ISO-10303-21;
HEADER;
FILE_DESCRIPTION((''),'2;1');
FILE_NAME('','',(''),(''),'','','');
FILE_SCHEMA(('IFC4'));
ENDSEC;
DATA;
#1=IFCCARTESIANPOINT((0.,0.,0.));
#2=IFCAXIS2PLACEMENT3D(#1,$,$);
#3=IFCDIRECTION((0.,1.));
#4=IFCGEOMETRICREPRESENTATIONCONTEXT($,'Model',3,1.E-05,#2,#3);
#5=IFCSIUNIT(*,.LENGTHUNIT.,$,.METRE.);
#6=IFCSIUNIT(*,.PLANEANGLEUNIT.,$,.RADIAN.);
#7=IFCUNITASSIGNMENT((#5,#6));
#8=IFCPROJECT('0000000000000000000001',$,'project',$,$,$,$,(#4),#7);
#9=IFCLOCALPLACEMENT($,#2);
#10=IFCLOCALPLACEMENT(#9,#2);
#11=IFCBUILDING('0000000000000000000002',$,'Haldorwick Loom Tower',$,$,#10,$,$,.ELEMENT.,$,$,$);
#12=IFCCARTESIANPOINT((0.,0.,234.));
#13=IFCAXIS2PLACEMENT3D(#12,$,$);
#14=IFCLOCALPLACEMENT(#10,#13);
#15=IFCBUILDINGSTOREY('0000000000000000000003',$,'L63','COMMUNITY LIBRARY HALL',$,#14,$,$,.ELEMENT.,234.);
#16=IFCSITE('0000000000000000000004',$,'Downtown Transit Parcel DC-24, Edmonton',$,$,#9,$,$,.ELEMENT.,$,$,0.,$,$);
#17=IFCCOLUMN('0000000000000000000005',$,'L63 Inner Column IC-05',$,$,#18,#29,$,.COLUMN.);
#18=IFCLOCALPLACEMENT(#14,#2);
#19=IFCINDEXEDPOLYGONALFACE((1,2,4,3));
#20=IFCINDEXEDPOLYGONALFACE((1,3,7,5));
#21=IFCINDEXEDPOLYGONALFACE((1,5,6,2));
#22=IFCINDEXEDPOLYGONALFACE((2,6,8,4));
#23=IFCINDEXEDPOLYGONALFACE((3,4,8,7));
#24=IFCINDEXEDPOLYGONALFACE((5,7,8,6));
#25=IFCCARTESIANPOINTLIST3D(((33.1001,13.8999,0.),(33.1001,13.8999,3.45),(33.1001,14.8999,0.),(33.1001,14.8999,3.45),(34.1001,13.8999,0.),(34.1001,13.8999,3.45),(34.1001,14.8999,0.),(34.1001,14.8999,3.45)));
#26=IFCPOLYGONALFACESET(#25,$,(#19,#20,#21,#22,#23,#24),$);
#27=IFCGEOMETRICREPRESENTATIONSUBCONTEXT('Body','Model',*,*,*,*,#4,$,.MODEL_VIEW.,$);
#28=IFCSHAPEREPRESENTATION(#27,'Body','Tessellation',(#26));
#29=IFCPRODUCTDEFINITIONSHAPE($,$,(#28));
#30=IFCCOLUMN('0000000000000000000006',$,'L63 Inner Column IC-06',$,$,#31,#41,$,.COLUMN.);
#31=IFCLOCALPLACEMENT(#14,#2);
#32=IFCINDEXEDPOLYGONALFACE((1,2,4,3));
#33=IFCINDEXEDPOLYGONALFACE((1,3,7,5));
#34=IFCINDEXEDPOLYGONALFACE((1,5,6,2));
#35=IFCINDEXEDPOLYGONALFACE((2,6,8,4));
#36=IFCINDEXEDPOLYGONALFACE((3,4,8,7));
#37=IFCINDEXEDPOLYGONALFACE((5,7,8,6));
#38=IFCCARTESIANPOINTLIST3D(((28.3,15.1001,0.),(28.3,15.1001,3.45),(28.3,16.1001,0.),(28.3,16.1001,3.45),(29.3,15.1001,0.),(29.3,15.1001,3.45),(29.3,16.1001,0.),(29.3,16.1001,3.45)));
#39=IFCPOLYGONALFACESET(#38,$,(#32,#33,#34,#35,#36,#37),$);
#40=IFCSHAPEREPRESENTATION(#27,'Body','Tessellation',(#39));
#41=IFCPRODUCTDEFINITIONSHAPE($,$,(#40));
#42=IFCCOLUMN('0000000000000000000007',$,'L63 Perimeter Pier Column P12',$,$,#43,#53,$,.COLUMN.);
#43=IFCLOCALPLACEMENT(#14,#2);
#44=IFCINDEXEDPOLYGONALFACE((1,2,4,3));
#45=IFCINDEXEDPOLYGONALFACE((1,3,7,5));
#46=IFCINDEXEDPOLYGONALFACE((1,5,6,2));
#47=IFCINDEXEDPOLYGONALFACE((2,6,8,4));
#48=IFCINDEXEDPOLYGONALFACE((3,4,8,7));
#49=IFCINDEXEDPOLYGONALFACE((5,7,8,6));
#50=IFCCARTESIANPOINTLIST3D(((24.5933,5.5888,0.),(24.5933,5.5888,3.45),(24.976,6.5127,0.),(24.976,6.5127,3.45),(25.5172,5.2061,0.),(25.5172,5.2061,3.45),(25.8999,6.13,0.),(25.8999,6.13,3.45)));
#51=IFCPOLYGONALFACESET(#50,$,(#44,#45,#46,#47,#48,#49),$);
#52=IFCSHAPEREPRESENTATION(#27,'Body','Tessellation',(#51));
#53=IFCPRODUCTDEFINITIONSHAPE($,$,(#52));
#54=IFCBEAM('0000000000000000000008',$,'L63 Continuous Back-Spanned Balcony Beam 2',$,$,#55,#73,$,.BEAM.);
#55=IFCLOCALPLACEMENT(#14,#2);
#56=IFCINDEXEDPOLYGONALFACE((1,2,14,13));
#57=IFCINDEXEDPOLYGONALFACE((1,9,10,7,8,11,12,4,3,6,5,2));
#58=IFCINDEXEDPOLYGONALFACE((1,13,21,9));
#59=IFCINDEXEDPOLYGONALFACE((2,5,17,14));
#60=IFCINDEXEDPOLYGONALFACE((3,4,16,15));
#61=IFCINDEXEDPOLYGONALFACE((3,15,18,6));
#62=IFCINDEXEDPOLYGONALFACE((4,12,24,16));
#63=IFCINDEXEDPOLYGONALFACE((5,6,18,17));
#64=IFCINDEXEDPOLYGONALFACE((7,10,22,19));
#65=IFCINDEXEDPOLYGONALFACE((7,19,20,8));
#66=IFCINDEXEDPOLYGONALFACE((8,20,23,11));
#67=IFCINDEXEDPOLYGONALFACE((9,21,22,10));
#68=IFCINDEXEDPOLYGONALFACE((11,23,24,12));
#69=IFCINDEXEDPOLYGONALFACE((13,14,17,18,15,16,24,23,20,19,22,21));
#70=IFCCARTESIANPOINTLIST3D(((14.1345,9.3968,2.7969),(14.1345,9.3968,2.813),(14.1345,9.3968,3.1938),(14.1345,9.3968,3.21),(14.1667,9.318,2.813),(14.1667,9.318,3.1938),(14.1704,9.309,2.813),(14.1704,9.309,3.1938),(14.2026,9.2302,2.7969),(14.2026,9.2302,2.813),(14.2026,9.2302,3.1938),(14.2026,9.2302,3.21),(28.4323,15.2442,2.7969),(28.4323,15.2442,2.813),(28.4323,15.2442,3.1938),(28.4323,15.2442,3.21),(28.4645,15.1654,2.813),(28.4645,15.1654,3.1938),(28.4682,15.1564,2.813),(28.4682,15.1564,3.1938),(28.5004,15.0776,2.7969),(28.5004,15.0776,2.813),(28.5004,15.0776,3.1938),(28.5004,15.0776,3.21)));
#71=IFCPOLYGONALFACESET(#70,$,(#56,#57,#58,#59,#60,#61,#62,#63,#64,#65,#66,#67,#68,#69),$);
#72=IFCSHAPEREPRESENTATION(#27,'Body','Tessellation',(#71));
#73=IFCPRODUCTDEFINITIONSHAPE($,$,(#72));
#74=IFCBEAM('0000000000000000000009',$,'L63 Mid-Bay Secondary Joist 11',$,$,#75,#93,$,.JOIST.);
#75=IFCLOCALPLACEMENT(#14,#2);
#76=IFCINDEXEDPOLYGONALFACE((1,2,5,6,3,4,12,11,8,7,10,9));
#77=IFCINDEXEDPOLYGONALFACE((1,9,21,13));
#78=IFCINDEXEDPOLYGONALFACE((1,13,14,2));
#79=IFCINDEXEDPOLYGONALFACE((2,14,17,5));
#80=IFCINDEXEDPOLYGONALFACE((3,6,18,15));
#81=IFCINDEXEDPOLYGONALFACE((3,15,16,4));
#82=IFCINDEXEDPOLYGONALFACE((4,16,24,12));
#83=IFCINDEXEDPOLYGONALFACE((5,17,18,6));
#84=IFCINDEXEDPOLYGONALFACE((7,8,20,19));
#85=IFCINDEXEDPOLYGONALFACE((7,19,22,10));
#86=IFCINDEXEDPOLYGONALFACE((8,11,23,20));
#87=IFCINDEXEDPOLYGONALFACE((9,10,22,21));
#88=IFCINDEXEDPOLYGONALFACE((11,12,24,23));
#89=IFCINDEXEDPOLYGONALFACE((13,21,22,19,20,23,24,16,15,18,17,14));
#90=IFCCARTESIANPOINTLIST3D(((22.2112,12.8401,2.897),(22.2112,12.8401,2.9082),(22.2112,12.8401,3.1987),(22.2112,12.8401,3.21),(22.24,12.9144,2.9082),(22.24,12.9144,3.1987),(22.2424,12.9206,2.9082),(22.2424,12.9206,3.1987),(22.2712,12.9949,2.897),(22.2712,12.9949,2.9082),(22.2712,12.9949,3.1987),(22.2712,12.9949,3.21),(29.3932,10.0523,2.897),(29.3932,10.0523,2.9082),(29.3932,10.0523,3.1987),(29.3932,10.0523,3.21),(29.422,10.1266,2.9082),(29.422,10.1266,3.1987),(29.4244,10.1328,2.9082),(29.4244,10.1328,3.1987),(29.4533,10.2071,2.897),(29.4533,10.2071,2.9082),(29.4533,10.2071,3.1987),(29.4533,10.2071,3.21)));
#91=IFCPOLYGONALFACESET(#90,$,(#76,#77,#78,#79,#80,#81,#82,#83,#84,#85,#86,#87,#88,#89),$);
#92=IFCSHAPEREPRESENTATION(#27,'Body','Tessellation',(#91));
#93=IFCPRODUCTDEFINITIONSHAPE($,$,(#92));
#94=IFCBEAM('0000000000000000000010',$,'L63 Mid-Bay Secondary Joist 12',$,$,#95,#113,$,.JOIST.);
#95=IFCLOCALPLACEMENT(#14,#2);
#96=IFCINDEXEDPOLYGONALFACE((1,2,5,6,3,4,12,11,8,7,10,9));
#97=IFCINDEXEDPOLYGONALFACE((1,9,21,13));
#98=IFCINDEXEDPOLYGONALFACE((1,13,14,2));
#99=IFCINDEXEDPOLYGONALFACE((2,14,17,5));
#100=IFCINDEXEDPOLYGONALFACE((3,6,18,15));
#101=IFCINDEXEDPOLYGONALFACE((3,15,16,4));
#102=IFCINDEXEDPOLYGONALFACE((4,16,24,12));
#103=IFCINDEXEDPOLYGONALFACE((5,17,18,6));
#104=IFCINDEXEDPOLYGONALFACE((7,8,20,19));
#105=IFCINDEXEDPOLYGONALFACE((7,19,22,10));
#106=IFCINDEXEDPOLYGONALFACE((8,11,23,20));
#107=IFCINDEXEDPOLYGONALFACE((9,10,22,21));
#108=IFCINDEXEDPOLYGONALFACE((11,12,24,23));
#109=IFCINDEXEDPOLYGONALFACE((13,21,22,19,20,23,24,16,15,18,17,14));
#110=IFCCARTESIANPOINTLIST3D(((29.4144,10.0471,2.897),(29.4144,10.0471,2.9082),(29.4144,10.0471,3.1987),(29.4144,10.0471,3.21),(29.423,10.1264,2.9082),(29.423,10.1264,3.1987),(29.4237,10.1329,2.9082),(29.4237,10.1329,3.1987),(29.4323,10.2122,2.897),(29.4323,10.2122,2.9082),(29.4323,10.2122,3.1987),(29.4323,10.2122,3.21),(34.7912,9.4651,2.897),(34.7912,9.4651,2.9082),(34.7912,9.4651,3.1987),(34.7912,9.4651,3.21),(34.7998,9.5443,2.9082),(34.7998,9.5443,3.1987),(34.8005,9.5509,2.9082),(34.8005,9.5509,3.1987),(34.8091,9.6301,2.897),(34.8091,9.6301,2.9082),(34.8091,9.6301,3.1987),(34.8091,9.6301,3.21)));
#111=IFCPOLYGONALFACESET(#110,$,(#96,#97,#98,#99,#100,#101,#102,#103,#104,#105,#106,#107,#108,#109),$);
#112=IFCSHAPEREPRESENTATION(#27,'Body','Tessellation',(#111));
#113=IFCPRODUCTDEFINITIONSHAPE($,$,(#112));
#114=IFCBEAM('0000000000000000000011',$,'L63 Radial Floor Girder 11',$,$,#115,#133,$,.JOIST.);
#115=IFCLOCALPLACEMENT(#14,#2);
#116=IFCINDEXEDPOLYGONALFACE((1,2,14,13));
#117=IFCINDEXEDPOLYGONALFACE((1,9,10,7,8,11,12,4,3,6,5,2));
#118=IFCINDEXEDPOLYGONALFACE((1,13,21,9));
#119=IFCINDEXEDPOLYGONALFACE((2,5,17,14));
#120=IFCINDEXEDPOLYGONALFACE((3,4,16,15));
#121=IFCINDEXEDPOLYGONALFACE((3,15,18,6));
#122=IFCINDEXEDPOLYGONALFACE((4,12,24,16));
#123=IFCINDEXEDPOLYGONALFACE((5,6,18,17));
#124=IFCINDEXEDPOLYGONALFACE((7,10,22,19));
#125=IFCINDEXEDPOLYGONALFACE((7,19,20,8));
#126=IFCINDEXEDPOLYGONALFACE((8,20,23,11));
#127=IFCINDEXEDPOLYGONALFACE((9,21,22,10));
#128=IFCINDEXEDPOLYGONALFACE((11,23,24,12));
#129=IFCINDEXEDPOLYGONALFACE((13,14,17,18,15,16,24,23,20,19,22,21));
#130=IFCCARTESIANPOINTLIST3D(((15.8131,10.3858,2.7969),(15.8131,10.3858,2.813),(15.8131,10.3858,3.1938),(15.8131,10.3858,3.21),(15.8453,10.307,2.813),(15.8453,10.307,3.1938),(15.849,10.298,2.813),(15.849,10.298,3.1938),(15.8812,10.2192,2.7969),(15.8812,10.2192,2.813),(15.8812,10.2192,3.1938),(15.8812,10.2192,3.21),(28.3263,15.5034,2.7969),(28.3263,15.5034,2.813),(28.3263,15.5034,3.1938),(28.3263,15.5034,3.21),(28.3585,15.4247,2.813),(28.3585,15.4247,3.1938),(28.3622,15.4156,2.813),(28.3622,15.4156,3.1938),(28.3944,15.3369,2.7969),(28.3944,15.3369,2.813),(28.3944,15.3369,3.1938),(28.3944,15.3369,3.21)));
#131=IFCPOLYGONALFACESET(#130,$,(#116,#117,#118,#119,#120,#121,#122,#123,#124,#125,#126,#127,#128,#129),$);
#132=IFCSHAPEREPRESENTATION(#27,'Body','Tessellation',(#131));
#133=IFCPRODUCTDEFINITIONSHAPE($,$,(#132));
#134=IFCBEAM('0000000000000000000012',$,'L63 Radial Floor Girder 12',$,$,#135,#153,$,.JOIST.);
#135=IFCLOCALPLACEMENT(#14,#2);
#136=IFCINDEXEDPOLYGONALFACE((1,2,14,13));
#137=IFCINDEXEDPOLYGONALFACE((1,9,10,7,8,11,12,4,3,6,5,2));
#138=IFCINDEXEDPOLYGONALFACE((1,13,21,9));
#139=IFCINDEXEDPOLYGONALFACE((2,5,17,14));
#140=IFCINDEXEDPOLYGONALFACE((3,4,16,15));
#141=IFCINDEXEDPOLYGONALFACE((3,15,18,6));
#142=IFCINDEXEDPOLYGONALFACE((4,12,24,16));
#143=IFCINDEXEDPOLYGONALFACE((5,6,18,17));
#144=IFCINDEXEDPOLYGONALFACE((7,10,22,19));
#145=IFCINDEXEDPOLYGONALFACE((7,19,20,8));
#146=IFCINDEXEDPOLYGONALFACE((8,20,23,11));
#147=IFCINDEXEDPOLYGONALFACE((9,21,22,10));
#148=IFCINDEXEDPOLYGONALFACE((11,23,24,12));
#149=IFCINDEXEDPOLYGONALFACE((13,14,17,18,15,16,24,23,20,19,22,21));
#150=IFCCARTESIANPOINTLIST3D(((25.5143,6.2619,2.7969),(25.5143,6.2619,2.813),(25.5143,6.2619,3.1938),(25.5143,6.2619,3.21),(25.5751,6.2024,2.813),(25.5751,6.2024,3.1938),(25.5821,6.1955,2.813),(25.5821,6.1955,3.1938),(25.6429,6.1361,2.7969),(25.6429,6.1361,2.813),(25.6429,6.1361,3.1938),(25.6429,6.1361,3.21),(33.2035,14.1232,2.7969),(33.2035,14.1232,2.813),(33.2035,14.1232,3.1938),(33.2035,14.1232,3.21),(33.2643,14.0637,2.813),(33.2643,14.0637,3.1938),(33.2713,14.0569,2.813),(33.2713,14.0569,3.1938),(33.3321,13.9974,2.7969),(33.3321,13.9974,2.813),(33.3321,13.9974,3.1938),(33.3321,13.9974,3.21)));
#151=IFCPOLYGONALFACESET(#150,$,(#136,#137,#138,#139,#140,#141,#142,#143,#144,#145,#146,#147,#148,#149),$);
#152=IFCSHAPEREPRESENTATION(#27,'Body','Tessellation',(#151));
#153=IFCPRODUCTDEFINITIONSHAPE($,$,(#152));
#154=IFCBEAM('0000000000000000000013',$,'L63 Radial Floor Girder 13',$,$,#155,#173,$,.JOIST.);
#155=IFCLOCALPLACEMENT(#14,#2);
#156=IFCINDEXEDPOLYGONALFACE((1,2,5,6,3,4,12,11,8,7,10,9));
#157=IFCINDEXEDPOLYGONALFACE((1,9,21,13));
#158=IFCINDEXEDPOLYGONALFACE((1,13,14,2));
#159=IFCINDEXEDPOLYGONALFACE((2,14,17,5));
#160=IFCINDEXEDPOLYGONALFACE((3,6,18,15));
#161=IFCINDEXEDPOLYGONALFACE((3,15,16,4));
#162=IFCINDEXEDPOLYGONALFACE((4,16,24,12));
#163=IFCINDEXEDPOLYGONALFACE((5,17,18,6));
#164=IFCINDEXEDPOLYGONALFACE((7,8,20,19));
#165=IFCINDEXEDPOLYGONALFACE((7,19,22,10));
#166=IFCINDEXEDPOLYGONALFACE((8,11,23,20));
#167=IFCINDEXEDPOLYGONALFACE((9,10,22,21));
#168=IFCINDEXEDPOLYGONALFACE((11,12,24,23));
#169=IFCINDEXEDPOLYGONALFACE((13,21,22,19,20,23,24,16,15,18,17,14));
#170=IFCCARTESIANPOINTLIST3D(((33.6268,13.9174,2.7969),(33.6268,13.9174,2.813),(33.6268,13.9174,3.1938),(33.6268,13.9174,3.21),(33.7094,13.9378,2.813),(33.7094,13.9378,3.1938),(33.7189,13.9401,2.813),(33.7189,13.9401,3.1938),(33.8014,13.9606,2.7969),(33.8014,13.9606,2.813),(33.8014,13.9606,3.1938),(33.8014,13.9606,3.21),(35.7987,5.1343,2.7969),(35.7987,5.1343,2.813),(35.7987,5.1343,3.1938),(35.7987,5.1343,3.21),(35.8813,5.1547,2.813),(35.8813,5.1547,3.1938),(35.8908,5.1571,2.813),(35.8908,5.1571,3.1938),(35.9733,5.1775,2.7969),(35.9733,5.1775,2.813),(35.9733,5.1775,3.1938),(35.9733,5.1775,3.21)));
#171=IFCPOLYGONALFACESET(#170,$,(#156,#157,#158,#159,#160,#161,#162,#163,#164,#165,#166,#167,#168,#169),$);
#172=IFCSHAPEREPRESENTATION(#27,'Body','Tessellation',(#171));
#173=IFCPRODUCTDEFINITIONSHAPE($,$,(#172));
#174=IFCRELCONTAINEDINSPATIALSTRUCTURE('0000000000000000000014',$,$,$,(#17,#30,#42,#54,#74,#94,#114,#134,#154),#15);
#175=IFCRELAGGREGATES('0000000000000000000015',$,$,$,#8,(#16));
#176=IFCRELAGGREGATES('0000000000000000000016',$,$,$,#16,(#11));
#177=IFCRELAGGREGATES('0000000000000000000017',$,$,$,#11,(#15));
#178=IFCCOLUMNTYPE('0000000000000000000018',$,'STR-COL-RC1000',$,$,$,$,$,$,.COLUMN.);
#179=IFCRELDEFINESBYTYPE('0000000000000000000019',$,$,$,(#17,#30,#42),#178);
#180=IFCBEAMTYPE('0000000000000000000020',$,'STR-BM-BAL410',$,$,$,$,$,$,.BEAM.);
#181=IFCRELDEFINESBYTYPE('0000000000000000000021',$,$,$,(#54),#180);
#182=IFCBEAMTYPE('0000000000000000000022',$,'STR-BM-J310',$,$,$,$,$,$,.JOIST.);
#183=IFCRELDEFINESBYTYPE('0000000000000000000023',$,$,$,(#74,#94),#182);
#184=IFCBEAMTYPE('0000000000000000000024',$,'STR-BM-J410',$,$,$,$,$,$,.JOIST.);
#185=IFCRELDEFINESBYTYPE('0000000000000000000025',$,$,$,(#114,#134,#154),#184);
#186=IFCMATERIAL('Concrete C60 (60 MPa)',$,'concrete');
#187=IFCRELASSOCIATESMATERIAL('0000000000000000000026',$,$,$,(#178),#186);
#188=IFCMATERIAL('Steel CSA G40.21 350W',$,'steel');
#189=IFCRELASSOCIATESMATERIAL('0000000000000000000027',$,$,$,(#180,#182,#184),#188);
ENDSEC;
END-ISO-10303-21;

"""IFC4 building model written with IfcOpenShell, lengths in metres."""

from ifc_helpers import new_model, si_unit, direction, frame, origin, origin_2d, place, context, subcontext, project, spatial, rectangle, i_section, extrude, material, material_profile, profile_set, type_object, element, save


model = new_model("IFC4")

# Units and contexts
model_context = context("Model", 3, precision=1e-05, world=origin(), true_north=direction((0.0, 1.0)))
body_context = subcontext(model_context, "Body", "Model", "MODEL_VIEW")
ifc_project = project(units=[si_unit("LENGTHUNIT", "METRE"), si_unit("PLANEANGLEUNIT", "RADIAN")], contexts=[model_context])

# Site, building, storey
site_placement = place(None, origin())
site = spatial("IfcSite", under=ifc_project, at=site_placement, Name="Downtown Transit Parcel DC-24, Edmonton", CompositionType="ELEMENT", RefElevation=0.0)
building_placement = place(site_placement, origin())
building = spatial("IfcBuilding", under=site, at=building_placement, Name="Haldorwick Loom Tower", CompositionType="ELEMENT")
storey_placement = place(building_placement, frame((0.0, 0.0, 234.0)))
storey = spatial("IfcBuildingStorey", under=building, at=storey_placement, Name="L63", Description="COMMUNITY LIBRARY HALL", CompositionType="ELEMENT", Elevation=234.0)

# Columns
ifc_material_1 = material(Name="Concrete C60 (60 MPa)", Category="concrete")
ifc_material_profile_1 = material_profile(ifc_material_1, rectangle(XDim=1.0, YDim=1.0, at=origin_2d()), Name="RC1000X1000", Category="concrete")
ifc_profile_set_1 = profile_set([ifc_material_profile_1], Name="Concrete C60 (60 MPa)")
column_type = type_object("IfcColumnType", Name="STR-COL-RC1000", PredefinedType="COLUMN", material=ifc_profile_set_1)
for number, where, z_axis, x_axis, name in (
    (1, (33.6001, 14.3999, 0.0), (0.0, 0.0, 1.0), (1.0, 0.0, 0.0), "L63 Inner Column IC-05"),
    (2, (28.8, 15.6001, 0.0), (0.0, 0.0, 1.0), (1.0, 0.0, 0.0), "L63 Inner Column IC-06"),
    (3, (25.2466, 5.8594, 0.0), (0.0, 0.0, 1.0), (-0.382683, -0.92388, 0.0), "L63 Perimeter Pier Column P12"),
):
    element("IfcColumn", number, at=place(storey_placement, frame(where, z_axis=z_axis, x_axis=x_axis)), inside=storey, type_object=column_type, Name=name, PredefinedType="COLUMN", context=body_context, shape_type="SweptSolid", body=[
        extrude(rectangle(XDim=1.0, YDim=1.0, at=origin_2d()), origin(), (0.0, 0.0, 1.0), 3.45),
    ])

# Beams
ifc_material_2 = material(Name="Steel CSA G40.21 350W", Category="steel")
ifc_material_profile_2 = material_profile(ifc_material_2, i_section(OverallWidth=0.1799, OverallDepth=0.4131, WebThickness=0.0098, FlangeThickness=0.0161, at=origin_2d()), Name="W410X74", Category="steel")
ifc_profile_set_2 = profile_set([ifc_material_profile_2], Name="Steel CSA G40.21 350W")
beam_type_1 = type_object("IfcBeamType", Name="STR-BM-BAL410", PredefinedType="BEAM", material=ifc_profile_set_2)
beam_1_placement = place(storey_placement, frame((28.4663, 15.1609, 3.0034), z_axis=(-0.925586, -0.378538, 0.0), x_axis=(0.378538, -0.925586, 0.0)))
element("IfcBeam", 4, at=beam_1_placement, inside=storey, type_object=beam_type_1, Name="L63 Continuous Back-Spanned Balcony Beam 2", PredefinedType="BEAM", context=body_context, shape_type="SweptSolid", body=[
    extrude(i_section(OverallWidth=0.1799, OverallDepth=0.4131, WebThickness=0.0098, FlangeThickness=0.0161, at=origin_2d()), origin(), (0.0, 0.0, 1.0), 15.4473),
])
ifc_material_profile_3 = material_profile(ifc_material_2, i_section(OverallWidth=0.166, OverallDepth=0.313, WebThickness=0.0066, FlangeThickness=0.0112, at=origin_2d()), Name="W310X45", Category="steel")
ifc_profile_set_3 = profile_set([ifc_material_profile_3], Name="Steel CSA G40.21 350W")
beam_type_2 = type_object("IfcBeamType", Name="STR-BM-J310", PredefinedType="JOIST", material=ifc_profile_set_3)
beam_2_placement = place(storey_placement, frame((22.2412, 12.9175, 3.0535), z_axis=(0.932233, -0.361859, 0.0), x_axis=(0.361859, 0.932233, 0.0)))
element("IfcBeam", 5, at=beam_2_placement, inside=storey, type_object=beam_type_2, Name="L63 Mid-Bay Secondary Joist 11", PredefinedType="JOIST", context=body_context, shape_type="SweptSolid", body=[
    extrude(i_section(OverallWidth=0.166, OverallDepth=0.313, WebThickness=0.0066, FlangeThickness=0.0112, at=origin_2d()), origin(), (0.0, 0.0, 1.0), 7.7041),
])
beam_3_placement = place(storey_placement, frame((29.4233, 10.1296, 3.0535), z_axis=(0.994192, -0.107622, 0.0), x_axis=(0.107622, 0.994192, 0.0)))
element("IfcBeam", 6, at=beam_3_placement, inside=storey, type_object=beam_type_2, Name="L63 Mid-Bay Secondary Joist 12", PredefinedType="JOIST", context=body_context, shape_type="SweptSolid", body=[
    extrude(i_section(OverallWidth=0.166, OverallDepth=0.313, WebThickness=0.0066, FlangeThickness=0.0112, at=origin_2d()), origin(), (0.0, 0.0, 1.0), 5.4082),
])
ifc_material_profile_4 = material_profile(ifc_material_2, i_section(OverallWidth=0.1799, OverallDepth=0.4131, WebThickness=0.0098, FlangeThickness=0.0161, at=origin_2d()), Name="W410X74", Category="steel")
ifc_profile_set_4 = profile_set([ifc_material_profile_4], Name="Steel CSA G40.21 350W")
beam_type_3 = type_object("IfcBeamType", Name="STR-BM-J410", PredefinedType="JOIST", material=ifc_profile_set_4)
beam_4_placement = place(storey_placement, frame((28.3604, 15.4202, 3.0034), z_axis=(-0.925582, -0.378547, 0.0), x_axis=(0.378547, -0.925582, 0.0)))
element("IfcBeam", 7, at=beam_4_placement, inside=storey, type_object=beam_type_3, Name="L63 Radial Floor Girder 11", PredefinedType="JOIST", context=body_context, shape_type="SweptSolid", body=[
    extrude(i_section(OverallWidth=0.1799, OverallDepth=0.4131, WebThickness=0.0098, FlangeThickness=0.0161, at=origin_2d()), origin(), (0.0, 0.0, 1.0), 13.5193),
])
beam_5_placement = place(storey_placement, frame((33.2678, 14.0603, 3.0034), z_axis=(-0.699237, -0.71489, 0.0), x_axis=(0.71489, -0.699237, 0.0)))
element("IfcBeam", 8, at=beam_5_placement, inside=storey, type_object=beam_type_3, Name="L63 Radial Floor Girder 12", PredefinedType="JOIST", context=body_context, shape_type="SweptSolid", body=[
    extrude(i_section(OverallWidth=0.1799, OverallDepth=0.4131, WebThickness=0.0098, FlangeThickness=0.0161, at=origin_2d()), origin(), (0.0, 0.0, 1.0), 10.9966),
])
beam_6_placement = place(storey_placement, frame((33.7141, 13.939, 3.0034), z_axis=(0.240052, -0.97076, 0.0), x_axis=(0.97076, 0.240052, 0.0)))
element("IfcBeam", 9, at=beam_6_placement, inside=storey, type_object=beam_type_3, Name="L63 Radial Floor Girder 13", PredefinedType="JOIST", context=body_context, shape_type="SweptSolid", body=[
    extrude(i_section(OverallWidth=0.1799, OverallDepth=0.4131, WebThickness=0.0098, FlangeThickness=0.0161, at=origin_2d()), origin(), (0.0, 0.0, 1.0), 9.0476),
])

save(model, "model.ifc")
